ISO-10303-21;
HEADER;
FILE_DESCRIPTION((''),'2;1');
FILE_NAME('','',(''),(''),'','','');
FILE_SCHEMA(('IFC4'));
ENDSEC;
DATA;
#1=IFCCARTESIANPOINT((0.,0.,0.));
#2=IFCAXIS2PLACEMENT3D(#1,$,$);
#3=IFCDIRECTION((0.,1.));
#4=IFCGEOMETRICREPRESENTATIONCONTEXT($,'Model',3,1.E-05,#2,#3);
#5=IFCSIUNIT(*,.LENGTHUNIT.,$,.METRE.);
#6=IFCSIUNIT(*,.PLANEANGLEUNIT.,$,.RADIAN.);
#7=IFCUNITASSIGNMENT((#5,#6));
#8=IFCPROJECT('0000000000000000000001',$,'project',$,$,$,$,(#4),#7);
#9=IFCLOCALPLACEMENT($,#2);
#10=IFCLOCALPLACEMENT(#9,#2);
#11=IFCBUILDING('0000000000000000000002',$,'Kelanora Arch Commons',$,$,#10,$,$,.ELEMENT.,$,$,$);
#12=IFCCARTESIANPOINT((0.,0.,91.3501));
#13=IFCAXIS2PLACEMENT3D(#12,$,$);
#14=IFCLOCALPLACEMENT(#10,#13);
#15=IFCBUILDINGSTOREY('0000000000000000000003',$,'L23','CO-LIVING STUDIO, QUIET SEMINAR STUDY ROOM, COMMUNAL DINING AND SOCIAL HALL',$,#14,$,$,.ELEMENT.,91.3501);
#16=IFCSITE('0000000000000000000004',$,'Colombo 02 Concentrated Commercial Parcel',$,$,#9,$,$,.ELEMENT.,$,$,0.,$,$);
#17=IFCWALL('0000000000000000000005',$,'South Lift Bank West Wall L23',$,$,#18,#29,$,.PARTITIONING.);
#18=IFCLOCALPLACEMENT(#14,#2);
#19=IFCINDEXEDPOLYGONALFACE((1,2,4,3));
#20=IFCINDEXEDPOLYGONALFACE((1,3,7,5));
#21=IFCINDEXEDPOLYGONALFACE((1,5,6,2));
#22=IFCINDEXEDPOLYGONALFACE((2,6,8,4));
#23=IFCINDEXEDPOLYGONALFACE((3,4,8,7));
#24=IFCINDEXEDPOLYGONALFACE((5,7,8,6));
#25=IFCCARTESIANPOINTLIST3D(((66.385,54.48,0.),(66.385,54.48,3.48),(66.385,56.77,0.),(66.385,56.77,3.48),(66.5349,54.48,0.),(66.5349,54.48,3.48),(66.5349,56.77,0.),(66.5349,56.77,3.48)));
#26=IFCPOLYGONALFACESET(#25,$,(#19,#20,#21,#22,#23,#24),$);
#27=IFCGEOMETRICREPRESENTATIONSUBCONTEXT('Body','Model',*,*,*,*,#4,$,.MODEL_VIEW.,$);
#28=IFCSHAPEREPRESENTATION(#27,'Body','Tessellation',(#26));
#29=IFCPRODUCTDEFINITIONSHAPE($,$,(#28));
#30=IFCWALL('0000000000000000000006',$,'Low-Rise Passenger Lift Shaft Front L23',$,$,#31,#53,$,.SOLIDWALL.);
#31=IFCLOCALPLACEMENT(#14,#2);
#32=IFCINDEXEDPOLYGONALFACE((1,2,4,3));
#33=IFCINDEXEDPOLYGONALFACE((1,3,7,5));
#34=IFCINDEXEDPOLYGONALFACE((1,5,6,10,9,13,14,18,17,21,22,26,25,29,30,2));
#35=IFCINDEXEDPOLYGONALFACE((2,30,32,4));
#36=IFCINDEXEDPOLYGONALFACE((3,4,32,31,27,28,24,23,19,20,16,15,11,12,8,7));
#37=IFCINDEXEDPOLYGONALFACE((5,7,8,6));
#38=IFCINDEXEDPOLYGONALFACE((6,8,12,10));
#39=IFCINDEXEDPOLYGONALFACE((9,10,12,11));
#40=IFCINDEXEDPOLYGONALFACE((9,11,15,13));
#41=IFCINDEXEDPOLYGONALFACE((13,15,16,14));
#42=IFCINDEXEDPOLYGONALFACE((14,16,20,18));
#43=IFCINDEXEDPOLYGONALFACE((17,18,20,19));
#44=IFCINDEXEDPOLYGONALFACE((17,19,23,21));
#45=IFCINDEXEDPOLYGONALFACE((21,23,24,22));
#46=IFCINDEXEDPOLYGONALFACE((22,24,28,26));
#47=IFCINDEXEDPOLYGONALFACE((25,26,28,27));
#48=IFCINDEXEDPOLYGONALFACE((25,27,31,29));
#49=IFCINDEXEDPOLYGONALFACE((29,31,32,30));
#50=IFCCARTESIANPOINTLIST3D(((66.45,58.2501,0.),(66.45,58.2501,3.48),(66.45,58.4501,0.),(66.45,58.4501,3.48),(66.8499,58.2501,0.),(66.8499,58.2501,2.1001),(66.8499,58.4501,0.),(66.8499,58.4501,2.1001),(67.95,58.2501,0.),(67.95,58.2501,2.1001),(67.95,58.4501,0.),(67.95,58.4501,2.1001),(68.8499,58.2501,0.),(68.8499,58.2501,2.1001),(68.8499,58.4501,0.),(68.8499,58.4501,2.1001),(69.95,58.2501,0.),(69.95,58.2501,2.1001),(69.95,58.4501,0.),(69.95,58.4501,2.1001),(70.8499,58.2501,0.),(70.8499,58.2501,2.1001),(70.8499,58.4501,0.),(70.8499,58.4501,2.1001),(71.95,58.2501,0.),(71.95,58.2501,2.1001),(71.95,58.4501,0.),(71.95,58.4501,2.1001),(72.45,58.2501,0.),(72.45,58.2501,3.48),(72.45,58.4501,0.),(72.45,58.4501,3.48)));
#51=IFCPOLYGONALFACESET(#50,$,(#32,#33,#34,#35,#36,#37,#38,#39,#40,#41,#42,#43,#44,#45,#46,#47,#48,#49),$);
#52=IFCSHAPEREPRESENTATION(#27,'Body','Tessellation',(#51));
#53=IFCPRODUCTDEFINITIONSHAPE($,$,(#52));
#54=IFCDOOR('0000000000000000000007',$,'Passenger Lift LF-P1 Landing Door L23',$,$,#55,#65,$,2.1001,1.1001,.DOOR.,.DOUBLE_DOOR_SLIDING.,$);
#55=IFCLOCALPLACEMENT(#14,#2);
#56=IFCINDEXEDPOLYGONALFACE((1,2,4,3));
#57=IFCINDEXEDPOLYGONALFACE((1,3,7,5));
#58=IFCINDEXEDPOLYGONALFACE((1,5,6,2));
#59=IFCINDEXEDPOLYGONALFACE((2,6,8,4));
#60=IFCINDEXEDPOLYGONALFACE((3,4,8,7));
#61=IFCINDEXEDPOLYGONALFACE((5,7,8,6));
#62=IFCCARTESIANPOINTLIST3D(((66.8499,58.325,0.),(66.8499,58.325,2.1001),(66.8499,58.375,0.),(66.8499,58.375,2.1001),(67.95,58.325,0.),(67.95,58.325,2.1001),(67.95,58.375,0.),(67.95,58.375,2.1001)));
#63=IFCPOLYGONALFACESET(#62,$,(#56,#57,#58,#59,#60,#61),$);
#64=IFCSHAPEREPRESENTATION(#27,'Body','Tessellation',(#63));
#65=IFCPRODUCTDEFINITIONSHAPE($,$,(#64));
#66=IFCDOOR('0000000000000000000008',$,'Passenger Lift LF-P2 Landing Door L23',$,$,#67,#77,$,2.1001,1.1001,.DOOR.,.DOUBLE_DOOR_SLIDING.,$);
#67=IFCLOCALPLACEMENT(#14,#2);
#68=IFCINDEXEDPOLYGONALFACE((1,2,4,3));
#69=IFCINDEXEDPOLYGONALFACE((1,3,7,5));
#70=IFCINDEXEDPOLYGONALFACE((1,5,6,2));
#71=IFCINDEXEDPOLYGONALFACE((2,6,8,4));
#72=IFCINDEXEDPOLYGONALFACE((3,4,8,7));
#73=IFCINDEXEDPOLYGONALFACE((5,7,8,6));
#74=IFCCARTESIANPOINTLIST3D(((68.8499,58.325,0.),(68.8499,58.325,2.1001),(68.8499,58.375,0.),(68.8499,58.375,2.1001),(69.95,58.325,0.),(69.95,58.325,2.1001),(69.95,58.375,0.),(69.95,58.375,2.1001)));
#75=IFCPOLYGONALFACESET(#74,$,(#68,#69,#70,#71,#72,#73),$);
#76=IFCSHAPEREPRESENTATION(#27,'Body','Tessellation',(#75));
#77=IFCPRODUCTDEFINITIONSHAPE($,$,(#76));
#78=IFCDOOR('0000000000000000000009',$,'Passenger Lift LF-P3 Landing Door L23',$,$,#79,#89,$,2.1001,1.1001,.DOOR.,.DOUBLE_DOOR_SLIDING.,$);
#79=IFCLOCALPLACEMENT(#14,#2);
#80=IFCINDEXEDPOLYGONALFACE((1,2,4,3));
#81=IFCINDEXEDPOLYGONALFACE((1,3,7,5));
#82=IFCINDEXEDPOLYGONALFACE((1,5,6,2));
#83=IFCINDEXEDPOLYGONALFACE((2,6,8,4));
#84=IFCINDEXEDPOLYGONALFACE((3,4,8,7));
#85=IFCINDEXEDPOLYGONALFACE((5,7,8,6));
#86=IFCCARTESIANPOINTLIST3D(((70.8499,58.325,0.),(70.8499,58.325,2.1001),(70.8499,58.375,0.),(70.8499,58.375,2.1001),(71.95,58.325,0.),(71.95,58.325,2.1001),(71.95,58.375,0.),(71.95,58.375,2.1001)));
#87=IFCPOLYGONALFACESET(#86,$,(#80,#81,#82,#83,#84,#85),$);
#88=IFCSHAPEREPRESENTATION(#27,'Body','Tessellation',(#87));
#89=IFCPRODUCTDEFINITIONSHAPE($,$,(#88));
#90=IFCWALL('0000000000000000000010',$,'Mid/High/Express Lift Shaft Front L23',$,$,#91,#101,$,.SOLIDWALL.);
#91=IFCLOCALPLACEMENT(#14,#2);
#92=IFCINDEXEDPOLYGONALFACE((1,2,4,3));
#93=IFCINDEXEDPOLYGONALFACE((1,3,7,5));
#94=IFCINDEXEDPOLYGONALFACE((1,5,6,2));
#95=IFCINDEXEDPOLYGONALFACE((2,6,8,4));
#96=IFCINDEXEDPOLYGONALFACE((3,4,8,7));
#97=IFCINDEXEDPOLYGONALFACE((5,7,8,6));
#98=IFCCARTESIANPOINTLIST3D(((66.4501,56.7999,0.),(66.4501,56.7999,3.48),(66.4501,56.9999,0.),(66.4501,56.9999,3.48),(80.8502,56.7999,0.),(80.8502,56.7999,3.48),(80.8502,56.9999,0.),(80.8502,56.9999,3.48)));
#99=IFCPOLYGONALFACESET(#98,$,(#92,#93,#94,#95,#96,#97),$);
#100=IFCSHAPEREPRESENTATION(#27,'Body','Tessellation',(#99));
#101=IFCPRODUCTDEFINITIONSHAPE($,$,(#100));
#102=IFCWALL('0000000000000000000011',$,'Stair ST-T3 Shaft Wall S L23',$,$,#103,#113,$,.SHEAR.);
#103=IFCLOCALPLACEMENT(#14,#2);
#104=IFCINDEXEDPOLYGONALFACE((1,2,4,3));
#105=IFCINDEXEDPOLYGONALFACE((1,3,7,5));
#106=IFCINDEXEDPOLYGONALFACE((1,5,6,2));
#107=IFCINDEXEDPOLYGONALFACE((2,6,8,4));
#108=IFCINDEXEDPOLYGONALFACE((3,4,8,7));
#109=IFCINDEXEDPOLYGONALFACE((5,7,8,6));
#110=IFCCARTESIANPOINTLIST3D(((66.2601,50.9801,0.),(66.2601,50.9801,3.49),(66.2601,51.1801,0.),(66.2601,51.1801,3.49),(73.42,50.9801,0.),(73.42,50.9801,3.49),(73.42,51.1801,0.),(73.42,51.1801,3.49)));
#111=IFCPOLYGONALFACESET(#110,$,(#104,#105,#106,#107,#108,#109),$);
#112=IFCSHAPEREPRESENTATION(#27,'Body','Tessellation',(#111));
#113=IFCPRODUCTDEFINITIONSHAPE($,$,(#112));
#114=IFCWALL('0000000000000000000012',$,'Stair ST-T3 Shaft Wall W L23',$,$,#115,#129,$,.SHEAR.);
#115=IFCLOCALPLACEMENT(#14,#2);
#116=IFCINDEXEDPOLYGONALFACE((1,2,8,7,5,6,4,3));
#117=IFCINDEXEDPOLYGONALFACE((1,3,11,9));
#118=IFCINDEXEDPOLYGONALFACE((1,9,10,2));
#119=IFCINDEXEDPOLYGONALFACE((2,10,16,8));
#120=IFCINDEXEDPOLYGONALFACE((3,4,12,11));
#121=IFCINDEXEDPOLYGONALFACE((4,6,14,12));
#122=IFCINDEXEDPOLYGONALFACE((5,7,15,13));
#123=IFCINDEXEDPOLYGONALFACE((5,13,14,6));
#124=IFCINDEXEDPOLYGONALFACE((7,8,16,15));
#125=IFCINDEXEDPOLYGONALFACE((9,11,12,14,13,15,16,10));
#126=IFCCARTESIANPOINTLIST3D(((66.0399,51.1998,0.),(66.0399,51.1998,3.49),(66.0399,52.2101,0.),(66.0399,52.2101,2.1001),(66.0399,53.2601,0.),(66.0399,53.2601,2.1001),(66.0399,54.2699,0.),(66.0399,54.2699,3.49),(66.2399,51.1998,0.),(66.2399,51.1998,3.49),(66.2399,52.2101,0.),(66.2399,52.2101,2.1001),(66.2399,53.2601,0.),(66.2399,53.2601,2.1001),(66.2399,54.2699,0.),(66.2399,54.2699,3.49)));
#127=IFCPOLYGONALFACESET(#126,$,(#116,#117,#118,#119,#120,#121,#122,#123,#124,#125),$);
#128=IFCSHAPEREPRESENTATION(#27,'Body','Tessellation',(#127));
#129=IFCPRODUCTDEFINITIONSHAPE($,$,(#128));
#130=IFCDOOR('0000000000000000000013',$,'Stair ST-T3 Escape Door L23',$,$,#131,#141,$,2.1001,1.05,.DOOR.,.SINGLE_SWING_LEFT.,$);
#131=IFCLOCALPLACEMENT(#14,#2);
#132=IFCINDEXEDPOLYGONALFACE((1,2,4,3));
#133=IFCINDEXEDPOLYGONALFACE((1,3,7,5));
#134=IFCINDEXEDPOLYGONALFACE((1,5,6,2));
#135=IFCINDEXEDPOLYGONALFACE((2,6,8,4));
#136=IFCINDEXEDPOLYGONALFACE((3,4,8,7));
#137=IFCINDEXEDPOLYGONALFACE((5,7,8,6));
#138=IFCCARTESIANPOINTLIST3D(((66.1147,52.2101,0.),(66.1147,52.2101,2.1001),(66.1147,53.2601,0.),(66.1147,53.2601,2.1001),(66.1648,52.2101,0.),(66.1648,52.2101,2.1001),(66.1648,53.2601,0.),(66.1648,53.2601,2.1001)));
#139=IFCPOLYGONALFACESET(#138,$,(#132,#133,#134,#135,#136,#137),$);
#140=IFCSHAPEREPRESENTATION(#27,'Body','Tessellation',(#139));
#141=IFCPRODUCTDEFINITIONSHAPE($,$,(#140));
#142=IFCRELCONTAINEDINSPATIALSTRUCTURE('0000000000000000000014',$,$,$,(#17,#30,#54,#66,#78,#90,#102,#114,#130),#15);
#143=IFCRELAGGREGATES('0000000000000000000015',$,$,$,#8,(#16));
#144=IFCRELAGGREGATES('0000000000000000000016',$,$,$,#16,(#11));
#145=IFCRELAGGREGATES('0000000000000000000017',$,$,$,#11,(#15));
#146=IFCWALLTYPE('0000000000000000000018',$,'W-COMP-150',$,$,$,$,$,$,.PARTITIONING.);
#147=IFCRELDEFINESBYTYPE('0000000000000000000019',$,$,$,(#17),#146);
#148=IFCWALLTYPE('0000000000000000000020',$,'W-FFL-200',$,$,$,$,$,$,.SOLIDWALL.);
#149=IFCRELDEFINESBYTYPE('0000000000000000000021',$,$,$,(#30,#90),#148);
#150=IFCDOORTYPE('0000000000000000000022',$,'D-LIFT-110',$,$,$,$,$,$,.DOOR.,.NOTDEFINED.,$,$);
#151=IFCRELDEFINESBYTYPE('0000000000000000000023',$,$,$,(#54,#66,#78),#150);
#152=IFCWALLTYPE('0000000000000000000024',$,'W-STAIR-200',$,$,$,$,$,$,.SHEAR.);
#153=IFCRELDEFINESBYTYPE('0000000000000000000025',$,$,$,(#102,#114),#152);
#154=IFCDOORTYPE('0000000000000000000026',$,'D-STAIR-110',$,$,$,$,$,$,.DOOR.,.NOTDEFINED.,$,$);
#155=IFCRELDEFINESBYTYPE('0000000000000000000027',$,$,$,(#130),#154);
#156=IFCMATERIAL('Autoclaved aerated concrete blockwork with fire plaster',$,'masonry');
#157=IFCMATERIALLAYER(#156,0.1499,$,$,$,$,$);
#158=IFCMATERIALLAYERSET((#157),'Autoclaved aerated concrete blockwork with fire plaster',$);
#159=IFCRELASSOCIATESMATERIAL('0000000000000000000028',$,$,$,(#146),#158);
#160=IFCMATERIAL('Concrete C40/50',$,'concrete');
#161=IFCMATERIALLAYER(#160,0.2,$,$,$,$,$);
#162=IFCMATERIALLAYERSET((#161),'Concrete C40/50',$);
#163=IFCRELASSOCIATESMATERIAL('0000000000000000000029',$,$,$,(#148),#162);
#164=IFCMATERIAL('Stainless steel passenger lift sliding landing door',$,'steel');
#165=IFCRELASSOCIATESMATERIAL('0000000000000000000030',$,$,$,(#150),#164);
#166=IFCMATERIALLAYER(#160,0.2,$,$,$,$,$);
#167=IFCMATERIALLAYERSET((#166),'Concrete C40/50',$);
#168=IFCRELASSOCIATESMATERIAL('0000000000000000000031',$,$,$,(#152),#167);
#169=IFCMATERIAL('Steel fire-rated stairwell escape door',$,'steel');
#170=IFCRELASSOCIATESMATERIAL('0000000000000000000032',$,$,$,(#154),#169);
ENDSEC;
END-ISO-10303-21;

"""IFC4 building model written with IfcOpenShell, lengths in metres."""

from ifc_helpers import new_model, si_unit, direction, frame, frame_2d, origin, place, context, subcontext, project, spatial, rectangle, extrude, material, layer, layer_set, type_object, element, fill, save


model = new_model("IFC4")

# Units and contexts
model_context = context("Model", 3, precision=1e-05, world=origin(), true_north=direction((0.0, 1.0)))
body_context = subcontext(model_context, "Body", "Model", "MODEL_VIEW")
ifc_project = project(units=[si_unit("LENGTHUNIT", "METRE"), si_unit("PLANEANGLEUNIT", "RADIAN")], contexts=[model_context])

# Site, building, storey
site_placement = place(None, origin())
site = spatial("IfcSite", under=ifc_project, at=site_placement, Name="Colombo 02 Concentrated Commercial Parcel", CompositionType="ELEMENT", RefElevation=0.0)
building_placement = place(site_placement, origin())
building = spatial("IfcBuilding", under=site, at=building_placement, Name="Kelanora Arch Commons", CompositionType="ELEMENT")
storey_placement = place(building_placement, frame((0.0, 0.0, 91.3501)))
storey = spatial("IfcBuildingStorey", under=building, at=storey_placement, Name="L23", Description="CO-LIVING STUDIO, QUIET SEMINAR STUDY ROOM, COMMUNAL DINING AND SOCIAL HALL", CompositionType="ELEMENT", Elevation=91.3501)

# Wall
ifc_material_1 = material(Name="Autoclaved aerated concrete blockwork with fire plaster", Category="masonry")
ifc_layer_1 = layer(ifc_material_1, 0.1499)
ifc_layer_set_1 = layer_set([ifc_layer_1], Name="Autoclaved aerated concrete blockwork with fire plaster")
wall_type_1 = type_object("IfcWallType", Name="W-COMP-150", PredefinedType="PARTITIONING", material=ifc_layer_set_1)
wall_1_placement = place(storey_placement, frame((66.46, 54.48, 0.0), z_axis=(0.0, 0.0, 1.0), x_axis=(0.0, 1.0, 0.0)))
element("IfcWall", 1, at=wall_1_placement, inside=storey, type_object=wall_type_1, Name="South Lift Bank West Wall L23", PredefinedType="PARTITIONING", context=body_context, shape_type="SweptSolid", body=[
    extrude(rectangle(XDim=2.29, YDim=0.1499, at=frame_2d((1.145, 0.0))), origin(), (0.0, 0.0, 1.0), 3.48),
])

# Wall, openings, doors
ifc_material_2 = material(Name="Concrete C40/50", Category="concrete")
ifc_layer_2 = layer(ifc_material_2, 0.2)
ifc_layer_set_2 = layer_set([ifc_layer_2], Name="Concrete C40/50")
wall_type_2 = type_object("IfcWallType", Name="W-FFL-200", PredefinedType="SOLIDWALL", material=ifc_layer_set_2)
wall_2_placement = place(storey_placement, frame((66.45, 58.3501, 0.0), z_axis=(0.0, 0.0, 1.0), x_axis=(1.0, 0.0, 0.0)))
wall_2 = element("IfcWall", 2, at=wall_2_placement, inside=storey, type_object=wall_type_2, Name="Low-Rise Passenger Lift Shaft Front L23", PredefinedType="SOLIDWALL", context=body_context, shape_type="SweptSolid", body=[
    extrude(rectangle(XDim=6.0, YDim=0.2, at=frame_2d((3.0, 0.0))), origin(), (0.0, 0.0, 1.0), 3.48),
])
opening_1_placement = place(wall_2_placement, frame((0.3999, 0.0, 0.0)))
opening_1 = element("IfcOpeningElement", 3, at=opening_1_placement, cuts=wall_2, PredefinedType="OPENING", context=body_context, shape_type="SweptSolid", body=[
    extrude(rectangle(XDim=1.1001, YDim=2.1001, at=frame_2d((0.55, 1.05))), frame((0.0, 0.1099, 0.0), z_axis=(0.0, -1.0, 0.0), x_axis=(1.0, 0.0, 0.0)), (0.0, 0.0, 1.0), 0.22),
])
opening_2_placement = place(wall_2_placement, frame((2.3999, 0.0, 0.0)))
opening_2 = element("IfcOpeningElement", 4, at=opening_2_placement, cuts=wall_2, PredefinedType="OPENING", context=body_context, shape_type="SweptSolid", body=[
    extrude(rectangle(XDim=1.1001, YDim=2.1001, at=frame_2d((0.55, 1.05))), frame((0.0, 0.1099, 0.0), z_axis=(0.0, -1.0, 0.0), x_axis=(1.0, 0.0, 0.0)), (0.0, 0.0, 1.0), 0.22),
])
opening_3_placement = place(wall_2_placement, frame((4.3999, 0.0, 0.0)))
opening_3 = element("IfcOpeningElement", 5, at=opening_3_placement, cuts=wall_2, PredefinedType="OPENING", context=body_context, shape_type="SweptSolid", body=[
    extrude(rectangle(XDim=1.1001, YDim=2.1001, at=frame_2d((0.55, 1.05))), frame((0.0, 0.1099, 0.0), z_axis=(0.0, -1.0, 0.0), x_axis=(1.0, 0.0, 0.0)), (0.0, 0.0, 1.0), 0.22),
])
ifc_material_3 = material(Name="Stainless steel passenger lift sliding landing door", Category="steel")
door_type_1 = type_object("IfcDoorType", Name="D-LIFT-110", OperationType="NOTDEFINED", PredefinedType="DOOR", material=ifc_material_3)
door_1_placement = place(opening_1_placement, origin())
door_1 = element("IfcDoor", 6, at=door_1_placement, inside=storey, type_object=door_type_1, Name="Passenger Lift LF-P1 Landing Door L23", OperationType="DOUBLE_DOOR_SLIDING", OverallHeight=2.1001, OverallWidth=1.1001, PredefinedType="DOOR", context=body_context, shape_type="SweptSolid", body=[
    extrude(rectangle(XDim=1.1001, YDim=2.1001, at=frame_2d((0.55, 1.05))), frame((0.0, 0.0249, 0.0), z_axis=(0.0, -1.0, 0.0), x_axis=(1.0, 0.0, 0.0)), (0.0, 0.0, 1.0), 0.05),
])
fill(opening_1, door_1)
door_2_placement = place(opening_2_placement, origin())
door_2 = element("IfcDoor", 7, at=door_2_placement, inside=storey, type_object=door_type_1, Name="Passenger Lift LF-P2 Landing Door L23", OperationType="DOUBLE_DOOR_SLIDING", OverallHeight=2.1001, OverallWidth=1.1001, PredefinedType="DOOR", context=body_context, shape_type="SweptSolid", body=[
    extrude(rectangle(XDim=1.1001, YDim=2.1001, at=frame_2d((0.55, 1.05))), frame((0.0, 0.0249, 0.0), z_axis=(0.0, -1.0, 0.0), x_axis=(1.0, 0.0, 0.0)), (0.0, 0.0, 1.0), 0.05),
])
fill(opening_2, door_2)
door_3_placement = place(opening_3_placement, origin())
door_3 = element("IfcDoor", 8, at=door_3_placement, inside=storey, type_object=door_type_1, Name="Passenger Lift LF-P3 Landing Door L23", OperationType="DOUBLE_DOOR_SLIDING", OverallHeight=2.1001, OverallWidth=1.1001, PredefinedType="DOOR", context=body_context, shape_type="SweptSolid", body=[
    extrude(rectangle(XDim=1.1001, YDim=2.1001, at=frame_2d((0.55, 1.05))), frame((0.0, 0.0249, 0.0), z_axis=(0.0, -1.0, 0.0), x_axis=(1.0, 0.0, 0.0)), (0.0, 0.0, 1.0), 0.05),
])
fill(opening_3, door_3)

# Walls
wall_3_placement = place(storey_placement, frame((66.45, 56.8999, 0.0), z_axis=(0.0, 0.0, 1.0), x_axis=(1.0, 0.0, 0.0)))
element("IfcWall", 9, at=wall_3_placement, inside=storey, type_object=wall_type_2, Name="Mid/High/Express Lift Shaft Front L23", PredefinedType="SOLIDWALL", context=body_context, shape_type="SweptSolid", body=[
    extrude(rectangle(XDim=14.4001, YDim=0.2, at=frame_2d((7.2002, 0.0))), origin(), (0.0, 0.0, 1.0), 3.48),
])
ifc_layer_3 = layer(ifc_material_2, 0.2)
ifc_layer_set_3 = layer_set([ifc_layer_3], Name="Concrete C40/50")
wall_type_3 = type_object("IfcWallType", Name="W-STAIR-200", PredefinedType="SHEAR", material=ifc_layer_set_3)
wall_4_placement = place(storey_placement, frame((66.26, 51.0801, 0.0), z_axis=(0.0, 0.0, 1.0), x_axis=(1.0, 0.0, 0.0)))
element("IfcWall", 10, at=wall_4_placement, inside=storey, type_object=wall_type_3, Name="Stair ST-T3 Shaft Wall S L23", PredefinedType="SHEAR", context=body_context, shape_type="SweptSolid", body=[
    extrude(rectangle(XDim=7.1599, YDim=0.2, at=frame_2d((3.5801, 0.0))), origin(), (0.0, 0.0, 1.0), 3.49),
])

# Wall, opening, door
wall_5_placement = place(storey_placement, frame((66.1399, 54.27, 0.0), z_axis=(0.0, 0.0, 1.0), x_axis=(0.0, -1.0, 0.0)))
wall_5 = element("IfcWall", 11, at=wall_5_placement, inside=storey, type_object=wall_type_3, Name="Stair ST-T3 Shaft Wall W L23", PredefinedType="SHEAR", context=body_context, shape_type="SweptSolid", body=[
    extrude(rectangle(XDim=3.0701, YDim=0.2, at=frame_2d((1.5352, 0.0))), origin(), (0.0, 0.0, 1.0), 3.49),
])
opening_4_placement = place(wall_5_placement, frame((1.01, 0.0, 0.0)))
opening_4 = element("IfcOpeningElement", 12, at=opening_4_placement, cuts=wall_5, PredefinedType="OPENING", context=body_context, shape_type="SweptSolid", body=[
    extrude(rectangle(XDim=1.05, YDim=2.1001, at=frame_2d((0.5249, 1.05))), frame((0.0, 0.1099, 0.0), z_axis=(0.0, -1.0, 0.0), x_axis=(1.0, 0.0, 0.0)), (0.0, 0.0, 1.0), 0.22),
])
ifc_material_4 = material(Name="Steel fire-rated stairwell escape door", Category="steel")
door_type_2 = type_object("IfcDoorType", Name="D-STAIR-110", OperationType="NOTDEFINED", PredefinedType="DOOR", material=ifc_material_4)
door_4_placement = place(opening_4_placement, origin())
door_4 = element("IfcDoor", 13, at=door_4_placement, inside=storey, type_object=door_type_2, Name="Stair ST-T3 Escape Door L23", OperationType="SINGLE_SWING_LEFT", OverallHeight=2.1001, OverallWidth=1.05, PredefinedType="DOOR", context=body_context, shape_type="SweptSolid", body=[
    extrude(rectangle(XDim=1.05, YDim=2.1001, at=frame_2d((0.5249, 1.05))), frame((0.0, 0.0249, 0.0), z_axis=(0.0, -1.0, 0.0), x_axis=(1.0, 0.0, 0.0)), (0.0, 0.0, 1.0), 0.05),
])
fill(opening_4, door_4)

save(model, "model.ifc")
